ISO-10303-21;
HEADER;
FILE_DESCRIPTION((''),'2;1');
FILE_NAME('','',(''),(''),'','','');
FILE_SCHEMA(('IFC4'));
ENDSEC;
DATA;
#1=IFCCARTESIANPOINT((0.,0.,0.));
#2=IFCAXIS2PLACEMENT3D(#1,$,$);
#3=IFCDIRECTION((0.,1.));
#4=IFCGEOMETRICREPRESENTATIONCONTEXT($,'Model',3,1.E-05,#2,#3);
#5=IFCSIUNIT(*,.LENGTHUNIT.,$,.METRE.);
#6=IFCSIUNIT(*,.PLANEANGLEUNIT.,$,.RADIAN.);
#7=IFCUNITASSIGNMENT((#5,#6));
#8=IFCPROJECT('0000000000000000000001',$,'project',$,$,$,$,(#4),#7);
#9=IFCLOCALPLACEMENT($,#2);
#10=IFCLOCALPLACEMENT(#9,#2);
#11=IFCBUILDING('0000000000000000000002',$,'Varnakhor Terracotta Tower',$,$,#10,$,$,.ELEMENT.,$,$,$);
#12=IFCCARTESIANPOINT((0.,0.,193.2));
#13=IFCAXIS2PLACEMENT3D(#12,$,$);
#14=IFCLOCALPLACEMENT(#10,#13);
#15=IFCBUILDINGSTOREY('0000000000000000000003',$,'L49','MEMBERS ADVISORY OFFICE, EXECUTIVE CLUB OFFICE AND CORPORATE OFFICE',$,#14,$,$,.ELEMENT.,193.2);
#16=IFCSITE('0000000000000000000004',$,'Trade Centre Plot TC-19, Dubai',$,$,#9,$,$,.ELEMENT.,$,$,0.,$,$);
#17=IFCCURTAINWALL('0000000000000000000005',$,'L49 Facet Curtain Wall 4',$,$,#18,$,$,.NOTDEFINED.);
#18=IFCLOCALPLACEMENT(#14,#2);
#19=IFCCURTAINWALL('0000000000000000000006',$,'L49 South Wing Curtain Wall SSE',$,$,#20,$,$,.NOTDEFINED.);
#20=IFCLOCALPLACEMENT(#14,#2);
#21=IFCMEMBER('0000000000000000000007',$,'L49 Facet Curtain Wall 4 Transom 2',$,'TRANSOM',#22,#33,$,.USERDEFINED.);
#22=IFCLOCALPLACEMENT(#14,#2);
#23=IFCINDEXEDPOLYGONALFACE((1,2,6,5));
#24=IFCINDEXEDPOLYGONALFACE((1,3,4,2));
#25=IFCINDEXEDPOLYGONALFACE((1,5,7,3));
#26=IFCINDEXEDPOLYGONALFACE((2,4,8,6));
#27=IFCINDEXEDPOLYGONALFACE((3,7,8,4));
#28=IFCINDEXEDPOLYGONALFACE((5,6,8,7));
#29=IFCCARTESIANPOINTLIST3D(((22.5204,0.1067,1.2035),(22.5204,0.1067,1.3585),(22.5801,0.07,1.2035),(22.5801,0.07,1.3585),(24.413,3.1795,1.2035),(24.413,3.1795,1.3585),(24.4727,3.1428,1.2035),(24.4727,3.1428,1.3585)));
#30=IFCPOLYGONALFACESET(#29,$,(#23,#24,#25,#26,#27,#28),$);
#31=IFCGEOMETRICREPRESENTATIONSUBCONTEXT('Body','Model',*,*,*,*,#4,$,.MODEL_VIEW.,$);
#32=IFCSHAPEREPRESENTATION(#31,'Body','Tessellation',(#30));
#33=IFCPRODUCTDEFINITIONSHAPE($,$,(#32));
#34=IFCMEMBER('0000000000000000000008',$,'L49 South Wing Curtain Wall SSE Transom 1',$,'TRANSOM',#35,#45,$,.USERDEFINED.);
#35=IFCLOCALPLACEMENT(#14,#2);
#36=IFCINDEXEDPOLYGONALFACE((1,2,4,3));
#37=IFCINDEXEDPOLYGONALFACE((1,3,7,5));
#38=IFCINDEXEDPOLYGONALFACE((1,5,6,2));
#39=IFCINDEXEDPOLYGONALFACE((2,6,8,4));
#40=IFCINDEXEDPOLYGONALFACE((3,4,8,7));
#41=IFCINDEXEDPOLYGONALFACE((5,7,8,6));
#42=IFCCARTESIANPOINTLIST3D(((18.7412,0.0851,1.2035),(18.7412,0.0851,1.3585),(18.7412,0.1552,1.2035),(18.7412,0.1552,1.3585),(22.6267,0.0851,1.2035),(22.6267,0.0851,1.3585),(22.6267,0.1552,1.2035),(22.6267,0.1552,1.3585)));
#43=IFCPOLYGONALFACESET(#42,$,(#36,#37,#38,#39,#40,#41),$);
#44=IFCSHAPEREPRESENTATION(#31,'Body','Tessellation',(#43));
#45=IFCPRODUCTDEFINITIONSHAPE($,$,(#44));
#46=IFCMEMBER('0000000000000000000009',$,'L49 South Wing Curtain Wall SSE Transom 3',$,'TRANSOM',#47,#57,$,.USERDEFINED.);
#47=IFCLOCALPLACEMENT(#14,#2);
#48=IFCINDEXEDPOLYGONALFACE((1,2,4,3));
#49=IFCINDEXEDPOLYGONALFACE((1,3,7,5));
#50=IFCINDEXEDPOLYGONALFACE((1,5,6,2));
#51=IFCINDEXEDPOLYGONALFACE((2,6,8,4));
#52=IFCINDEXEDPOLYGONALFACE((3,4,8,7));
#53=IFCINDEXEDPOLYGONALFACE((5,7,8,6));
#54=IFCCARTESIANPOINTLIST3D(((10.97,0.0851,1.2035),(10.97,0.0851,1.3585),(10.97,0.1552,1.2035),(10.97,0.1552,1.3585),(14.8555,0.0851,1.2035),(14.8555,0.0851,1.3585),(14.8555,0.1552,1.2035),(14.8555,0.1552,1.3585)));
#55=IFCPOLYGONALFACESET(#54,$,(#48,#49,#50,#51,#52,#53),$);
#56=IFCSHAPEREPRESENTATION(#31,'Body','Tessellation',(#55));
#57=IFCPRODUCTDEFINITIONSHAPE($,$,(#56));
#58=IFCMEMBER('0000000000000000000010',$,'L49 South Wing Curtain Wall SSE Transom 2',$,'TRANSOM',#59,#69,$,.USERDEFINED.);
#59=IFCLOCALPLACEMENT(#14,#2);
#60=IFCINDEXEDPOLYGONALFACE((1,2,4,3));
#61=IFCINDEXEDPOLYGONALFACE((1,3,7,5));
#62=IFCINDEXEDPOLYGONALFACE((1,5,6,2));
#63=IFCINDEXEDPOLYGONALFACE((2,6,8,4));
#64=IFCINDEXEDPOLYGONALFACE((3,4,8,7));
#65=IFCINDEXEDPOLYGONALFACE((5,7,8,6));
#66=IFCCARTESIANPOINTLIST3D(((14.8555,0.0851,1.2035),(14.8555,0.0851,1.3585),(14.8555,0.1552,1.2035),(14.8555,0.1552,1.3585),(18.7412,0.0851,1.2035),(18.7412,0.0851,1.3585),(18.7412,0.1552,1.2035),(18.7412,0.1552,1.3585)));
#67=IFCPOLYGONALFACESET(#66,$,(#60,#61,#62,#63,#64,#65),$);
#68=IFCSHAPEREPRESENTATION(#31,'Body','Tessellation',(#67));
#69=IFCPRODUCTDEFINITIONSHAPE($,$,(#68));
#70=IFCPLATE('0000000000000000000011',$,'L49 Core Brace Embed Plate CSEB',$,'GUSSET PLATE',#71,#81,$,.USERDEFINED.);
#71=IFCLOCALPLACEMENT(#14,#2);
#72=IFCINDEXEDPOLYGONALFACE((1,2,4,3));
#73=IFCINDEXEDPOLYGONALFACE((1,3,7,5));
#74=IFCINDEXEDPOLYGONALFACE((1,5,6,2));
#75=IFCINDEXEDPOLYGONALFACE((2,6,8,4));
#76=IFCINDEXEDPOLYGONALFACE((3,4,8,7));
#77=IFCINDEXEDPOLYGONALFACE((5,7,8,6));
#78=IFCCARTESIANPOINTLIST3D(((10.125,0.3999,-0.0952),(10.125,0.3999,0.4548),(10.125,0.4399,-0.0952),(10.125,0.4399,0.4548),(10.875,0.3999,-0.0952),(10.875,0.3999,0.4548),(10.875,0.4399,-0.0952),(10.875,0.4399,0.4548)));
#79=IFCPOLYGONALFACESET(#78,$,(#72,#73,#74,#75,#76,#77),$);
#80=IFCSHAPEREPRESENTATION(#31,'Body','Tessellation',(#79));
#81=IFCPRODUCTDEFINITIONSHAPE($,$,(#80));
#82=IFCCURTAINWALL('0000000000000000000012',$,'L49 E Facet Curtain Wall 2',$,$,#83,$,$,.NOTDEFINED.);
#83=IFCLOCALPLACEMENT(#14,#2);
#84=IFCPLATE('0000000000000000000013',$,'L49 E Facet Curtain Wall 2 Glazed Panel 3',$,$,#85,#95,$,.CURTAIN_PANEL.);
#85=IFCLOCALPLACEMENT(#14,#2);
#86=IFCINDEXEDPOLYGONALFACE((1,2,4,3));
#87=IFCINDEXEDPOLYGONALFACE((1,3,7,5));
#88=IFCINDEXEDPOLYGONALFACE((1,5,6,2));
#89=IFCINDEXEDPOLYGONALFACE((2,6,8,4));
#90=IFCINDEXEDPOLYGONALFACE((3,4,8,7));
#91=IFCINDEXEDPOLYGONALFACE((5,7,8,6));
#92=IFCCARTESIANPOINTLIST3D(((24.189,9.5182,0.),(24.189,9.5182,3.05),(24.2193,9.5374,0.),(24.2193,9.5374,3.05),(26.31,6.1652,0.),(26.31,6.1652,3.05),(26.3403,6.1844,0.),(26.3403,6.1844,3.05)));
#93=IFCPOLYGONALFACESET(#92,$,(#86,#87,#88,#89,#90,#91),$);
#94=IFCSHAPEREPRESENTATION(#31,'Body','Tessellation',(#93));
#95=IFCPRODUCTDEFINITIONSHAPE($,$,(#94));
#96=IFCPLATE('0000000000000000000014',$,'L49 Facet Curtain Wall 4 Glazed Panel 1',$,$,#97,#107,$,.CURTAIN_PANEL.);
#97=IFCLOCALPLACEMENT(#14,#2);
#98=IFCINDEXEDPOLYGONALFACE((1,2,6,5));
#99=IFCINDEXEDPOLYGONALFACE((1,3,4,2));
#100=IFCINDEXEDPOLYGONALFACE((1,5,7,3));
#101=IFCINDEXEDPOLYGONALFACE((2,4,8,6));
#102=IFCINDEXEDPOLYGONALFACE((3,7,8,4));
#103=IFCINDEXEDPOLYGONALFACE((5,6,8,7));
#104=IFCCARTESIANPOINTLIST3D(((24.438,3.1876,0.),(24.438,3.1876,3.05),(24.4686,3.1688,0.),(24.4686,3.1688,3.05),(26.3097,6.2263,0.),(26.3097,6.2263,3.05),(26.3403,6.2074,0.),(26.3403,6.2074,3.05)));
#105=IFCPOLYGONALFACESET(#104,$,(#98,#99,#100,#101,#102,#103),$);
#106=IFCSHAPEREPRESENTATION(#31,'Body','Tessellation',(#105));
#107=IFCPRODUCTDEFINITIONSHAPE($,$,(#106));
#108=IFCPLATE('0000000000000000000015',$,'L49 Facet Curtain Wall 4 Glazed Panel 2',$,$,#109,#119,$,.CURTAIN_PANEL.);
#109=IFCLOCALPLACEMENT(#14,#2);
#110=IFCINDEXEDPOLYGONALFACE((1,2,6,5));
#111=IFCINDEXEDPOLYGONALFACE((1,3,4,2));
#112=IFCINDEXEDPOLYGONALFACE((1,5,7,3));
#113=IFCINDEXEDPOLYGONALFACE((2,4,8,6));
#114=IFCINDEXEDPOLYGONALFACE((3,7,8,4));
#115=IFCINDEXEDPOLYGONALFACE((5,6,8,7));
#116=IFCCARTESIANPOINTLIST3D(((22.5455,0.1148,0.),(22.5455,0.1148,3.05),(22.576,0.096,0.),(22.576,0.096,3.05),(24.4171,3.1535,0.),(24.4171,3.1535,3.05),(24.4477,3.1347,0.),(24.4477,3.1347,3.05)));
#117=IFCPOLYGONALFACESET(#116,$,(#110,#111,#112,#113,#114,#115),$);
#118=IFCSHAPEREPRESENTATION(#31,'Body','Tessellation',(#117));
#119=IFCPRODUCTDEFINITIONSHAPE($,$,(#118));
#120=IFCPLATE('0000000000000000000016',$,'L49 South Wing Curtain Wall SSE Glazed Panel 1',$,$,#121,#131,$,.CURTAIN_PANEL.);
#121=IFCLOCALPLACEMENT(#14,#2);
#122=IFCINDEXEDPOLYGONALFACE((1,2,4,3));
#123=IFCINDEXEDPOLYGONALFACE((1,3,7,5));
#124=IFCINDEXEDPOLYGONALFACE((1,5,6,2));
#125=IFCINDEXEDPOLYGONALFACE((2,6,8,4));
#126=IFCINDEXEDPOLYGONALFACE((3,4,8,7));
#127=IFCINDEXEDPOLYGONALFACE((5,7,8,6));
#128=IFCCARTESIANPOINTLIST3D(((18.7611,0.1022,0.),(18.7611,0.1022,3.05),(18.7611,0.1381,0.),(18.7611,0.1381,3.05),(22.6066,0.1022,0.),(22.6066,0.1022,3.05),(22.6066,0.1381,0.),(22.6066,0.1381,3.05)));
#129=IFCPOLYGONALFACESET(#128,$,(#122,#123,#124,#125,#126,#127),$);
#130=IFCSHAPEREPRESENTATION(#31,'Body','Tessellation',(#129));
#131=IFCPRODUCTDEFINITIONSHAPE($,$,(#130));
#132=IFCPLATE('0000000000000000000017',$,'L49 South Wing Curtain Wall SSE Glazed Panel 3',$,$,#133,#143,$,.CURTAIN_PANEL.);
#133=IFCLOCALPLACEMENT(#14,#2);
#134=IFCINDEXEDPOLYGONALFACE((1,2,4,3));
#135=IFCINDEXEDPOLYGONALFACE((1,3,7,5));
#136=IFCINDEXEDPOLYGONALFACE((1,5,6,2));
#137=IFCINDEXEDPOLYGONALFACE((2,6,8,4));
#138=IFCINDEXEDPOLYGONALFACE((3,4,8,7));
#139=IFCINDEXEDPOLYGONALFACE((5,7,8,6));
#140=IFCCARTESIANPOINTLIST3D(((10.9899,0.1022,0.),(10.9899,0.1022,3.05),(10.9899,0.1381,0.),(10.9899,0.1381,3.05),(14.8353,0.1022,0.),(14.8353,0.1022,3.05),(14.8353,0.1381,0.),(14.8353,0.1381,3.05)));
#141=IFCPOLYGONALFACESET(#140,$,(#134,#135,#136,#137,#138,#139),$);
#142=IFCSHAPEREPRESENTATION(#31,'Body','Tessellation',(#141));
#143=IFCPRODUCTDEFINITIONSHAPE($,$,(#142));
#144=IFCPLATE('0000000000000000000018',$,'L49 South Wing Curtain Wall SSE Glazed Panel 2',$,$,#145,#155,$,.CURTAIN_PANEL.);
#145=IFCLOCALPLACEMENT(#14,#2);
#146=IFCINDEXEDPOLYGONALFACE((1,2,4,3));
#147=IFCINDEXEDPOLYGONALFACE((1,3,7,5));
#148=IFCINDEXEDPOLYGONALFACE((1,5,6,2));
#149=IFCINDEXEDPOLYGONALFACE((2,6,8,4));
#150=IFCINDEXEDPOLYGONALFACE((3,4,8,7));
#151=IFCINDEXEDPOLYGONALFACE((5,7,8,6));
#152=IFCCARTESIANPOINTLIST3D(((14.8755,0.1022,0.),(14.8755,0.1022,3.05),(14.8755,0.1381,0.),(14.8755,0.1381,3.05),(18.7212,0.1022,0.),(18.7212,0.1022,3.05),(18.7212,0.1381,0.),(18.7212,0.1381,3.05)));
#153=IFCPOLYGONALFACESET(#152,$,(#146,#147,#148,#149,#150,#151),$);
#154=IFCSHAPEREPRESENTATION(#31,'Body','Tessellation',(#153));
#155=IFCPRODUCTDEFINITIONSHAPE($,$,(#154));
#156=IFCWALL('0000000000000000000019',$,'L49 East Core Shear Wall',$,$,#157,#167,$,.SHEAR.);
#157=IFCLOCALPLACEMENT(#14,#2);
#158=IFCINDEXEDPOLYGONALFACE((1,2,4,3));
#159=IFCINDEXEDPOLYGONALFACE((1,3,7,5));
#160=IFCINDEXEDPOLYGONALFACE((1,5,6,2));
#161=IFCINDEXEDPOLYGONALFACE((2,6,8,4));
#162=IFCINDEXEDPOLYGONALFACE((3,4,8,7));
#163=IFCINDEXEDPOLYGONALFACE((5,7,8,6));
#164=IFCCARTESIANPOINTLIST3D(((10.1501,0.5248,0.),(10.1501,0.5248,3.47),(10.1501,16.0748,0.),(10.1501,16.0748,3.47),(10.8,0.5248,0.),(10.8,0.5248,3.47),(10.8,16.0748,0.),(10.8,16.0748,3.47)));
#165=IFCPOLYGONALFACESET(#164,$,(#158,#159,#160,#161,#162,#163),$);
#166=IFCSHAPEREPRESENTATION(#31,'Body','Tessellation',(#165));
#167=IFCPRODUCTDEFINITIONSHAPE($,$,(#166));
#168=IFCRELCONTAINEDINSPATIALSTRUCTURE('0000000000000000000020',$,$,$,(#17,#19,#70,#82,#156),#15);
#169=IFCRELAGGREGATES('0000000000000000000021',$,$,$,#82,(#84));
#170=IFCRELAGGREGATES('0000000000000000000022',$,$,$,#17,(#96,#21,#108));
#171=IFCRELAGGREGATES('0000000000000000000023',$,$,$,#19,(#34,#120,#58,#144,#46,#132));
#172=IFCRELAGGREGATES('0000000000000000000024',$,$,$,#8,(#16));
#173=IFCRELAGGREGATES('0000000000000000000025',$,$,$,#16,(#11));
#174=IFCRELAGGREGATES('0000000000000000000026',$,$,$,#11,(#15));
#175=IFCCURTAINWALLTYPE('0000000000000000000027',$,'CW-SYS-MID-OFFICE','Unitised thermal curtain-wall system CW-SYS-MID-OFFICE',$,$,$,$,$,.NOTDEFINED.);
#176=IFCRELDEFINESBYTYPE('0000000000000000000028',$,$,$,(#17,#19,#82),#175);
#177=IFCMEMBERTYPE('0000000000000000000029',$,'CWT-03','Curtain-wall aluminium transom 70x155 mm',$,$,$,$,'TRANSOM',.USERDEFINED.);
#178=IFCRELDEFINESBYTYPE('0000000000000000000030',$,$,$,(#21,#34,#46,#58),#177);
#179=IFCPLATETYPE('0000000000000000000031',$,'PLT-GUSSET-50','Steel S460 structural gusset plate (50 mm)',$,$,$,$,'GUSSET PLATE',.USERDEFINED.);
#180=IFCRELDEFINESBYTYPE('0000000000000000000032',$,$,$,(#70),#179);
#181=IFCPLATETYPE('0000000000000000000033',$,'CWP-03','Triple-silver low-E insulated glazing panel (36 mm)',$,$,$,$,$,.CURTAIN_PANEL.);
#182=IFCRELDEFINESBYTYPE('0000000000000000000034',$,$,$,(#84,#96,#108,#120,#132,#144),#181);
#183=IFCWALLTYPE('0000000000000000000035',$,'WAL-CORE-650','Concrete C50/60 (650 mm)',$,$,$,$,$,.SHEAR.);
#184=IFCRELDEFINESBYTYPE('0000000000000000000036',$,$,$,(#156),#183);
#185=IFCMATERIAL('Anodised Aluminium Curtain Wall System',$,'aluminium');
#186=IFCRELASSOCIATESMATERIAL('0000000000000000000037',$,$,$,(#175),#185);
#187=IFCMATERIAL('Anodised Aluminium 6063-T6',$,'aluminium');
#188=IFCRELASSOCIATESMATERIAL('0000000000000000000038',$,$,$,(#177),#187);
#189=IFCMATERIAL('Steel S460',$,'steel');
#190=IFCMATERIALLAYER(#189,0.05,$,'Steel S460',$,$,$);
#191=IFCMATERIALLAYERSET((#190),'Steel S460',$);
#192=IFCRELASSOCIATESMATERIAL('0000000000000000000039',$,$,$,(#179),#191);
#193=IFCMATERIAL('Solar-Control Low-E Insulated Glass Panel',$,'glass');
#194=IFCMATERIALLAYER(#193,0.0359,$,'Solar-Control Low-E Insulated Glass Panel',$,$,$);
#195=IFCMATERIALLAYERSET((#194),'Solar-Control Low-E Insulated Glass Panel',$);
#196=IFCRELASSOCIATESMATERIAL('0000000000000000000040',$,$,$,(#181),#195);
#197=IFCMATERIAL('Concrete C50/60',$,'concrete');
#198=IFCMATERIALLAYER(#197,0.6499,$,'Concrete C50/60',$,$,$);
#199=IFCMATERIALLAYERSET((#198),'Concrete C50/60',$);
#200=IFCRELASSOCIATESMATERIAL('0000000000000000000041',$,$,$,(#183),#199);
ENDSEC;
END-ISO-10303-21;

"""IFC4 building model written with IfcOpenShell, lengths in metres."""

from ifc_helpers import new_model, si_unit, direction, frame, frame_2d, origin, origin_2d, place, context, subcontext, project, spatial, rectangle, extrude, source, transform, mapped, material, layer, layer_set, material_profile, profile_set, type_object, type_shapes, element, aggregate, save


model = new_model("IFC4")

# Units and contexts
model_context = context("Model", 3, precision=1e-05, world=origin(), true_north=direction((0.0, 1.0)))
body_context = subcontext(model_context, "Body", "Model", "MODEL_VIEW")
ifc_project = project(units=[si_unit("LENGTHUNIT", "METRE"), si_unit("PLANEANGLEUNIT", "RADIAN")], contexts=[model_context])

# Site, building, storey
site_placement = place(None, origin())
site = spatial("IfcSite", under=ifc_project, at=site_placement, Name="Trade Centre Plot TC-19, Dubai", CompositionType="ELEMENT", RefElevation=0.0)
building_placement = place(site_placement, origin())
building = spatial("IfcBuilding", under=site, at=building_placement, Name="Varnakhor Terracotta Tower", CompositionType="ELEMENT")
storey_placement = place(building_placement, frame((0.0, 0.0, 193.2)))
storey = spatial("IfcBuildingStorey", under=building, at=storey_placement, Name="L49", Description="MEMBERS ADVISORY OFFICE, EXECUTIVE CLUB OFFICE AND CORPORATE OFFICE", CompositionType="ELEMENT", Elevation=193.2)

# Shared definitions
ifc_material_1 = material(Name="Concrete C50/60", Category="concrete")
ifc_material_2 = material(Name="Steel S460", Category="steel")

# Curtain walls
ifc_material_3 = material(Name="Anodised Aluminium Curtain Wall System", Category="aluminium")
curtain_wall_type = type_object("IfcCurtainWallType", Name="CW-SYS-MID-OFFICE", Description="Unitised thermal curtain-wall system CW-SYS-MID-OFFICE", PredefinedType="NOTDEFINED", material=ifc_material_3)
curtain_wall_1_placement = place(storey_placement, origin())
curtain_wall_1 = element("IfcCurtainWall", 1, at=curtain_wall_1_placement, inside=storey, type_object=curtain_wall_type, Name="L49 Facet Curtain Wall 4", PredefinedType="NOTDEFINED")
ifc_material_4 = material(Name="Anodised Aluminium 6063-T6", Category="aluminium")
curtain_wall_2_placement = place(storey_placement, origin())
curtain_wall_2 = element("IfcCurtainWall", 2, at=curtain_wall_2_placement, inside=storey, type_object=curtain_wall_type, Name="L49 South Wing Curtain Wall SSE", PredefinedType="NOTDEFINED")

# Members
ifc_material_profile_1 = material_profile(ifc_material_4, rectangle(XDim=0.0701, YDim=0.155, at=origin_2d()), Name="ALU TRANSOM 70x155")
ifc_profile_set_1 = profile_set([ifc_material_profile_1], Name="Anodised Aluminium 6063-T6")
member_type_1 = type_object("IfcMemberType", Name="CWT-03", Description="Curtain-wall aluminium transom 70x155 mm", ElementType="TRANSOM", PredefinedType="USERDEFINED", material=ifc_profile_set_1)
shared_shape_1 = source(origin(), body_context, "Body", "SweptSolid", [
    extrude(rectangle(XDim=0.0701, YDim=0.155, at=origin_2d()), origin(), (0.0, 0.0, 1.0), 3.6089),
])
member_1_placement = place(storey_placement, frame((24.4429, 3.1611, 1.281), z_axis=(-0.52443, -0.851454, 0.0), x_axis=(0.851454, -0.52443, 0.0)))
member_1 = element("IfcMember", 3, at=member_1_placement, type_object=member_type_1, Name="L49 Facet Curtain Wall 4 Transom 2", ObjectType="TRANSOM", PredefinedType="USERDEFINED", context=body_context, shape_type="MappedRepresentation", body=[
    mapped(shared_shape_1, transform((0.0, 0.0, 0.0), scale=1.0)),
])
shared_shape_2 = source(origin(), body_context, "Body", "SweptSolid", [
    extrude(rectangle(XDim=0.0701, YDim=0.155, at=origin_2d()), origin(), (0.0, 0.0, 1.0), 3.8855),
])
member_2_placement = place(storey_placement, frame((22.6267, 0.1201, 1.281), z_axis=(-1.0, 0.0, 0.0), x_axis=(0.0, -1.0, 0.0)))
member_2 = element("IfcMember", 4, at=member_2_placement, type_object=member_type_1, Name="L49 South Wing Curtain Wall SSE Transom 1", ObjectType="TRANSOM", PredefinedType="USERDEFINED", context=body_context, shape_type="MappedRepresentation", body=[
    mapped(shared_shape_2, transform((0.0, 0.0, 0.0), scale=1.0)),
])
member_3_placement = place(storey_placement, frame((14.8555, 0.1201, 1.281), z_axis=(-1.0, 0.0, 0.0), x_axis=(0.0, -1.0, 0.0)))
member_3 = element("IfcMember", 5, at=member_3_placement, type_object=member_type_1, Name="L49 South Wing Curtain Wall SSE Transom 3", ObjectType="TRANSOM", PredefinedType="USERDEFINED", context=body_context, shape_type="MappedRepresentation", body=[
    mapped(shared_shape_2, transform((0.0, 0.0, 0.0), scale=1.0)),
])
shared_shape_3 = source(origin(), body_context, "Body", "SweptSolid", [
    extrude(rectangle(XDim=0.0701, YDim=0.155, at=origin_2d()), origin(), (0.0, 0.0, 1.0), 3.8857),
])
member_4_placement = place(storey_placement, frame((18.7412, 0.1201, 1.281), z_axis=(-1.0, 0.0, 0.0), x_axis=(0.0, -1.0, 0.0)))
member_4 = element("IfcMember", 6, at=member_4_placement, type_object=member_type_1, Name="L49 South Wing Curtain Wall SSE Transom 2", ObjectType="TRANSOM", PredefinedType="USERDEFINED", context=body_context, shape_type="MappedRepresentation", body=[
    mapped(shared_shape_3, transform((0.0, 0.0, 0.0), scale=1.0)),
])

# Plate
ifc_layer_1 = layer(ifc_material_2, 0.05, Name="Steel S460")
ifc_layer_set_1 = layer_set([ifc_layer_1], Name="Steel S460")
plate_type_1 = type_object("IfcPlateType", Name="PLT-GUSSET-50", Description="Steel S460 structural gusset plate (50 mm)", ElementType="GUSSET PLATE", PredefinedType="USERDEFINED", material=ifc_layer_set_1)
shared_shape_4 = source(origin(), body_context, "Body", "SweptSolid", [
    extrude(rectangle(XDim=0.75, YDim=0.04, at=origin_2d()), origin(), (0.0, 0.0, 1.0), 0.55),
])
type_shapes(plate_type_1, [shared_shape_4])
plate_1_placement = place(storey_placement, frame((10.5, 0.4199, -0.0952), z_axis=(0.0, 0.0, 1.0), x_axis=(1.0, 0.0, 0.0)))
element("IfcPlate", 7, at=plate_1_placement, inside=storey, type_object=plate_type_1, Name="L49 Core Brace Embed Plate CSEB", ObjectType="GUSSET PLATE", PredefinedType="USERDEFINED", context=body_context, shape_type="MappedRepresentation", body=[
    mapped(shared_shape_4, transform((0.0, 0.0, 0.0), scale=1.0)),
])

# Curtain wall, plate
curtain_wall_3_placement = place(storey_placement, origin())
curtain_wall_3 = element("IfcCurtainWall", 8, at=curtain_wall_3_placement, inside=storey, type_object=curtain_wall_type, Name="L49 E Facet Curtain Wall 2", PredefinedType="NOTDEFINED")
ifc_material_5 = material(Name="Solar-Control Low-E Insulated Glass Panel", Category="glass")
ifc_layer_2 = layer(ifc_material_5, 0.0359, Name="Solar-Control Low-E Insulated Glass Panel")
ifc_layer_set_2 = layer_set([ifc_layer_2], Name="Solar-Control Low-E Insulated Glass Panel")
plate_type_2 = type_object("IfcPlateType", Name="CWP-03", Description="Triple-silver low-E insulated glazing panel (36 mm)", PredefinedType="CURTAIN_PANEL", material=ifc_layer_set_2)
shared_shape_5 = source(origin(), body_context, "Body", "SweptSolid", [
    extrude(rectangle(XDim=3.9675, YDim=0.0359, at=origin_2d()), origin(), (0.0, 0.0, 1.0), 3.05),
])
plate_2_placement = place(storey_placement, frame((25.2646, 7.8513, 0.0), z_axis=(0.0, 0.0, 1.0), x_axis=(0.534574, -0.845122, 0.0)))
plate_2 = element("IfcPlate", 9, at=plate_2_placement, type_object=plate_type_2, Name="L49 E Facet Curtain Wall 2 Glazed Panel 3", PredefinedType="CURTAIN_PANEL", context=body_context, shape_type="MappedRepresentation", body=[
    mapped(shared_shape_5, transform((0.0, 0.0, 0.0), scale=1.0)),
])
aggregate(curtain_wall_3, [plate_2])

# Plates
shared_shape_6 = source(origin(), body_context, "Body", "SweptSolid", [
    extrude(rectangle(XDim=3.5688, YDim=0.0359, at=origin_2d()), origin(), (0.0, 0.0, 1.0), 3.05),
])
plate_3_placement = place(storey_placement, frame((25.3892, 4.6975, 0.0), z_axis=(0.0, 0.0, 1.0), x_axis=(-0.524447, -0.851443, 0.0)))
plate_3 = element("IfcPlate", 10, at=plate_3_placement, type_object=plate_type_2, Name="L49 Facet Curtain Wall 4 Glazed Panel 1", PredefinedType="CURTAIN_PANEL", context=body_context, shape_type="MappedRepresentation", body=[
    mapped(shared_shape_6, transform((0.0, 0.0, 0.0), scale=1.0)),
])
plate_4_placement = place(storey_placement, frame((23.4966, 1.6248, 0.0), z_axis=(0.0, 0.0, 1.0), x_axis=(-0.524447, -0.851443, 0.0)))
plate_4 = element("IfcPlate", 11, at=plate_4_placement, type_object=plate_type_2, Name="L49 Facet Curtain Wall 4 Glazed Panel 2", PredefinedType="CURTAIN_PANEL", context=body_context, shape_type="MappedRepresentation", body=[
    mapped(shared_shape_6, transform((0.0, 0.0, 0.0), scale=1.0)),
])
aggregate(curtain_wall_1, [plate_3, member_1, plate_4])
shared_shape_7 = source(origin(), body_context, "Body", "SweptSolid", [
    extrude(rectangle(XDim=3.8455, YDim=0.0359, at=origin_2d()), origin(), (0.0, 0.0, 1.0), 3.05),
])
plate_5_placement = place(storey_placement, frame((20.6838, 0.1201, 0.0), z_axis=(0.0, 0.0, 1.0), x_axis=(-1.0, 0.0, 0.0)))
plate_5 = element("IfcPlate", 12, at=plate_5_placement, type_object=plate_type_2, Name="L49 South Wing Curtain Wall SSE Glazed Panel 1", PredefinedType="CURTAIN_PANEL", context=body_context, shape_type="MappedRepresentation", body=[
    mapped(shared_shape_7, transform((0.0, 0.0, 0.0), scale=1.0)),
])
plate_6_placement = place(storey_placement, frame((12.9126, 0.1201, 0.0), z_axis=(0.0, 0.0, 1.0), x_axis=(-1.0, 0.0, 0.0)))
plate_6 = element("IfcPlate", 13, at=plate_6_placement, type_object=plate_type_2, Name="L49 South Wing Curtain Wall SSE Glazed Panel 3", PredefinedType="CURTAIN_PANEL", context=body_context, shape_type="MappedRepresentation", body=[
    mapped(shared_shape_7, transform((0.0, 0.0, 0.0), scale=1.0)),
])
shared_shape_8 = source(origin(), body_context, "Body", "SweptSolid", [
    extrude(rectangle(XDim=3.8457, YDim=0.0359, at=origin_2d()), origin(), (0.0, 0.0, 1.0), 3.05),
])
plate_7_placement = place(storey_placement, frame((16.7983, 0.1201, 0.0), z_axis=(0.0, 0.0, 1.0), x_axis=(-1.0, 0.0, 0.0)))
plate_7 = element("IfcPlate", 14, at=plate_7_placement, type_object=plate_type_2, Name="L49 South Wing Curtain Wall SSE Glazed Panel 2", PredefinedType="CURTAIN_PANEL", context=body_context, shape_type="MappedRepresentation", body=[
    mapped(shared_shape_8, transform((0.0, 0.0, 0.0), scale=1.0)),
])
aggregate(curtain_wall_2, [member_2, plate_5, member_4, plate_7, member_3, plate_6])

# Wall
ifc_layer_3 = layer(ifc_material_1, 0.6499, Name="Concrete C50/60")
ifc_layer_set_3 = layer_set([ifc_layer_3], Name="Concrete C50/60")
wall_type = type_object("IfcWallType", Name="WAL-CORE-650", Description="Concrete C50/60 (650 mm)", PredefinedType="SHEAR", material=ifc_layer_set_3)
wall_placement = place(storey_placement, frame((10.4751, 0.5249, 0.0), z_axis=(0.0, 0.0, 1.0), x_axis=(0.0, 1.0, 0.0)))
element("IfcWall", 15, at=wall_placement, inside=storey, type_object=wall_type, Name="L49 East Core Shear Wall", PredefinedType="SHEAR", context=body_context, shape_type="SweptSolid", body=[
    extrude(rectangle(XDim=15.55, YDim=0.6499, at=frame_2d((7.7749, 0.0))), origin(), (0.0, 0.0, 1.0), 3.47),
])

save(model, "model.ifc")
